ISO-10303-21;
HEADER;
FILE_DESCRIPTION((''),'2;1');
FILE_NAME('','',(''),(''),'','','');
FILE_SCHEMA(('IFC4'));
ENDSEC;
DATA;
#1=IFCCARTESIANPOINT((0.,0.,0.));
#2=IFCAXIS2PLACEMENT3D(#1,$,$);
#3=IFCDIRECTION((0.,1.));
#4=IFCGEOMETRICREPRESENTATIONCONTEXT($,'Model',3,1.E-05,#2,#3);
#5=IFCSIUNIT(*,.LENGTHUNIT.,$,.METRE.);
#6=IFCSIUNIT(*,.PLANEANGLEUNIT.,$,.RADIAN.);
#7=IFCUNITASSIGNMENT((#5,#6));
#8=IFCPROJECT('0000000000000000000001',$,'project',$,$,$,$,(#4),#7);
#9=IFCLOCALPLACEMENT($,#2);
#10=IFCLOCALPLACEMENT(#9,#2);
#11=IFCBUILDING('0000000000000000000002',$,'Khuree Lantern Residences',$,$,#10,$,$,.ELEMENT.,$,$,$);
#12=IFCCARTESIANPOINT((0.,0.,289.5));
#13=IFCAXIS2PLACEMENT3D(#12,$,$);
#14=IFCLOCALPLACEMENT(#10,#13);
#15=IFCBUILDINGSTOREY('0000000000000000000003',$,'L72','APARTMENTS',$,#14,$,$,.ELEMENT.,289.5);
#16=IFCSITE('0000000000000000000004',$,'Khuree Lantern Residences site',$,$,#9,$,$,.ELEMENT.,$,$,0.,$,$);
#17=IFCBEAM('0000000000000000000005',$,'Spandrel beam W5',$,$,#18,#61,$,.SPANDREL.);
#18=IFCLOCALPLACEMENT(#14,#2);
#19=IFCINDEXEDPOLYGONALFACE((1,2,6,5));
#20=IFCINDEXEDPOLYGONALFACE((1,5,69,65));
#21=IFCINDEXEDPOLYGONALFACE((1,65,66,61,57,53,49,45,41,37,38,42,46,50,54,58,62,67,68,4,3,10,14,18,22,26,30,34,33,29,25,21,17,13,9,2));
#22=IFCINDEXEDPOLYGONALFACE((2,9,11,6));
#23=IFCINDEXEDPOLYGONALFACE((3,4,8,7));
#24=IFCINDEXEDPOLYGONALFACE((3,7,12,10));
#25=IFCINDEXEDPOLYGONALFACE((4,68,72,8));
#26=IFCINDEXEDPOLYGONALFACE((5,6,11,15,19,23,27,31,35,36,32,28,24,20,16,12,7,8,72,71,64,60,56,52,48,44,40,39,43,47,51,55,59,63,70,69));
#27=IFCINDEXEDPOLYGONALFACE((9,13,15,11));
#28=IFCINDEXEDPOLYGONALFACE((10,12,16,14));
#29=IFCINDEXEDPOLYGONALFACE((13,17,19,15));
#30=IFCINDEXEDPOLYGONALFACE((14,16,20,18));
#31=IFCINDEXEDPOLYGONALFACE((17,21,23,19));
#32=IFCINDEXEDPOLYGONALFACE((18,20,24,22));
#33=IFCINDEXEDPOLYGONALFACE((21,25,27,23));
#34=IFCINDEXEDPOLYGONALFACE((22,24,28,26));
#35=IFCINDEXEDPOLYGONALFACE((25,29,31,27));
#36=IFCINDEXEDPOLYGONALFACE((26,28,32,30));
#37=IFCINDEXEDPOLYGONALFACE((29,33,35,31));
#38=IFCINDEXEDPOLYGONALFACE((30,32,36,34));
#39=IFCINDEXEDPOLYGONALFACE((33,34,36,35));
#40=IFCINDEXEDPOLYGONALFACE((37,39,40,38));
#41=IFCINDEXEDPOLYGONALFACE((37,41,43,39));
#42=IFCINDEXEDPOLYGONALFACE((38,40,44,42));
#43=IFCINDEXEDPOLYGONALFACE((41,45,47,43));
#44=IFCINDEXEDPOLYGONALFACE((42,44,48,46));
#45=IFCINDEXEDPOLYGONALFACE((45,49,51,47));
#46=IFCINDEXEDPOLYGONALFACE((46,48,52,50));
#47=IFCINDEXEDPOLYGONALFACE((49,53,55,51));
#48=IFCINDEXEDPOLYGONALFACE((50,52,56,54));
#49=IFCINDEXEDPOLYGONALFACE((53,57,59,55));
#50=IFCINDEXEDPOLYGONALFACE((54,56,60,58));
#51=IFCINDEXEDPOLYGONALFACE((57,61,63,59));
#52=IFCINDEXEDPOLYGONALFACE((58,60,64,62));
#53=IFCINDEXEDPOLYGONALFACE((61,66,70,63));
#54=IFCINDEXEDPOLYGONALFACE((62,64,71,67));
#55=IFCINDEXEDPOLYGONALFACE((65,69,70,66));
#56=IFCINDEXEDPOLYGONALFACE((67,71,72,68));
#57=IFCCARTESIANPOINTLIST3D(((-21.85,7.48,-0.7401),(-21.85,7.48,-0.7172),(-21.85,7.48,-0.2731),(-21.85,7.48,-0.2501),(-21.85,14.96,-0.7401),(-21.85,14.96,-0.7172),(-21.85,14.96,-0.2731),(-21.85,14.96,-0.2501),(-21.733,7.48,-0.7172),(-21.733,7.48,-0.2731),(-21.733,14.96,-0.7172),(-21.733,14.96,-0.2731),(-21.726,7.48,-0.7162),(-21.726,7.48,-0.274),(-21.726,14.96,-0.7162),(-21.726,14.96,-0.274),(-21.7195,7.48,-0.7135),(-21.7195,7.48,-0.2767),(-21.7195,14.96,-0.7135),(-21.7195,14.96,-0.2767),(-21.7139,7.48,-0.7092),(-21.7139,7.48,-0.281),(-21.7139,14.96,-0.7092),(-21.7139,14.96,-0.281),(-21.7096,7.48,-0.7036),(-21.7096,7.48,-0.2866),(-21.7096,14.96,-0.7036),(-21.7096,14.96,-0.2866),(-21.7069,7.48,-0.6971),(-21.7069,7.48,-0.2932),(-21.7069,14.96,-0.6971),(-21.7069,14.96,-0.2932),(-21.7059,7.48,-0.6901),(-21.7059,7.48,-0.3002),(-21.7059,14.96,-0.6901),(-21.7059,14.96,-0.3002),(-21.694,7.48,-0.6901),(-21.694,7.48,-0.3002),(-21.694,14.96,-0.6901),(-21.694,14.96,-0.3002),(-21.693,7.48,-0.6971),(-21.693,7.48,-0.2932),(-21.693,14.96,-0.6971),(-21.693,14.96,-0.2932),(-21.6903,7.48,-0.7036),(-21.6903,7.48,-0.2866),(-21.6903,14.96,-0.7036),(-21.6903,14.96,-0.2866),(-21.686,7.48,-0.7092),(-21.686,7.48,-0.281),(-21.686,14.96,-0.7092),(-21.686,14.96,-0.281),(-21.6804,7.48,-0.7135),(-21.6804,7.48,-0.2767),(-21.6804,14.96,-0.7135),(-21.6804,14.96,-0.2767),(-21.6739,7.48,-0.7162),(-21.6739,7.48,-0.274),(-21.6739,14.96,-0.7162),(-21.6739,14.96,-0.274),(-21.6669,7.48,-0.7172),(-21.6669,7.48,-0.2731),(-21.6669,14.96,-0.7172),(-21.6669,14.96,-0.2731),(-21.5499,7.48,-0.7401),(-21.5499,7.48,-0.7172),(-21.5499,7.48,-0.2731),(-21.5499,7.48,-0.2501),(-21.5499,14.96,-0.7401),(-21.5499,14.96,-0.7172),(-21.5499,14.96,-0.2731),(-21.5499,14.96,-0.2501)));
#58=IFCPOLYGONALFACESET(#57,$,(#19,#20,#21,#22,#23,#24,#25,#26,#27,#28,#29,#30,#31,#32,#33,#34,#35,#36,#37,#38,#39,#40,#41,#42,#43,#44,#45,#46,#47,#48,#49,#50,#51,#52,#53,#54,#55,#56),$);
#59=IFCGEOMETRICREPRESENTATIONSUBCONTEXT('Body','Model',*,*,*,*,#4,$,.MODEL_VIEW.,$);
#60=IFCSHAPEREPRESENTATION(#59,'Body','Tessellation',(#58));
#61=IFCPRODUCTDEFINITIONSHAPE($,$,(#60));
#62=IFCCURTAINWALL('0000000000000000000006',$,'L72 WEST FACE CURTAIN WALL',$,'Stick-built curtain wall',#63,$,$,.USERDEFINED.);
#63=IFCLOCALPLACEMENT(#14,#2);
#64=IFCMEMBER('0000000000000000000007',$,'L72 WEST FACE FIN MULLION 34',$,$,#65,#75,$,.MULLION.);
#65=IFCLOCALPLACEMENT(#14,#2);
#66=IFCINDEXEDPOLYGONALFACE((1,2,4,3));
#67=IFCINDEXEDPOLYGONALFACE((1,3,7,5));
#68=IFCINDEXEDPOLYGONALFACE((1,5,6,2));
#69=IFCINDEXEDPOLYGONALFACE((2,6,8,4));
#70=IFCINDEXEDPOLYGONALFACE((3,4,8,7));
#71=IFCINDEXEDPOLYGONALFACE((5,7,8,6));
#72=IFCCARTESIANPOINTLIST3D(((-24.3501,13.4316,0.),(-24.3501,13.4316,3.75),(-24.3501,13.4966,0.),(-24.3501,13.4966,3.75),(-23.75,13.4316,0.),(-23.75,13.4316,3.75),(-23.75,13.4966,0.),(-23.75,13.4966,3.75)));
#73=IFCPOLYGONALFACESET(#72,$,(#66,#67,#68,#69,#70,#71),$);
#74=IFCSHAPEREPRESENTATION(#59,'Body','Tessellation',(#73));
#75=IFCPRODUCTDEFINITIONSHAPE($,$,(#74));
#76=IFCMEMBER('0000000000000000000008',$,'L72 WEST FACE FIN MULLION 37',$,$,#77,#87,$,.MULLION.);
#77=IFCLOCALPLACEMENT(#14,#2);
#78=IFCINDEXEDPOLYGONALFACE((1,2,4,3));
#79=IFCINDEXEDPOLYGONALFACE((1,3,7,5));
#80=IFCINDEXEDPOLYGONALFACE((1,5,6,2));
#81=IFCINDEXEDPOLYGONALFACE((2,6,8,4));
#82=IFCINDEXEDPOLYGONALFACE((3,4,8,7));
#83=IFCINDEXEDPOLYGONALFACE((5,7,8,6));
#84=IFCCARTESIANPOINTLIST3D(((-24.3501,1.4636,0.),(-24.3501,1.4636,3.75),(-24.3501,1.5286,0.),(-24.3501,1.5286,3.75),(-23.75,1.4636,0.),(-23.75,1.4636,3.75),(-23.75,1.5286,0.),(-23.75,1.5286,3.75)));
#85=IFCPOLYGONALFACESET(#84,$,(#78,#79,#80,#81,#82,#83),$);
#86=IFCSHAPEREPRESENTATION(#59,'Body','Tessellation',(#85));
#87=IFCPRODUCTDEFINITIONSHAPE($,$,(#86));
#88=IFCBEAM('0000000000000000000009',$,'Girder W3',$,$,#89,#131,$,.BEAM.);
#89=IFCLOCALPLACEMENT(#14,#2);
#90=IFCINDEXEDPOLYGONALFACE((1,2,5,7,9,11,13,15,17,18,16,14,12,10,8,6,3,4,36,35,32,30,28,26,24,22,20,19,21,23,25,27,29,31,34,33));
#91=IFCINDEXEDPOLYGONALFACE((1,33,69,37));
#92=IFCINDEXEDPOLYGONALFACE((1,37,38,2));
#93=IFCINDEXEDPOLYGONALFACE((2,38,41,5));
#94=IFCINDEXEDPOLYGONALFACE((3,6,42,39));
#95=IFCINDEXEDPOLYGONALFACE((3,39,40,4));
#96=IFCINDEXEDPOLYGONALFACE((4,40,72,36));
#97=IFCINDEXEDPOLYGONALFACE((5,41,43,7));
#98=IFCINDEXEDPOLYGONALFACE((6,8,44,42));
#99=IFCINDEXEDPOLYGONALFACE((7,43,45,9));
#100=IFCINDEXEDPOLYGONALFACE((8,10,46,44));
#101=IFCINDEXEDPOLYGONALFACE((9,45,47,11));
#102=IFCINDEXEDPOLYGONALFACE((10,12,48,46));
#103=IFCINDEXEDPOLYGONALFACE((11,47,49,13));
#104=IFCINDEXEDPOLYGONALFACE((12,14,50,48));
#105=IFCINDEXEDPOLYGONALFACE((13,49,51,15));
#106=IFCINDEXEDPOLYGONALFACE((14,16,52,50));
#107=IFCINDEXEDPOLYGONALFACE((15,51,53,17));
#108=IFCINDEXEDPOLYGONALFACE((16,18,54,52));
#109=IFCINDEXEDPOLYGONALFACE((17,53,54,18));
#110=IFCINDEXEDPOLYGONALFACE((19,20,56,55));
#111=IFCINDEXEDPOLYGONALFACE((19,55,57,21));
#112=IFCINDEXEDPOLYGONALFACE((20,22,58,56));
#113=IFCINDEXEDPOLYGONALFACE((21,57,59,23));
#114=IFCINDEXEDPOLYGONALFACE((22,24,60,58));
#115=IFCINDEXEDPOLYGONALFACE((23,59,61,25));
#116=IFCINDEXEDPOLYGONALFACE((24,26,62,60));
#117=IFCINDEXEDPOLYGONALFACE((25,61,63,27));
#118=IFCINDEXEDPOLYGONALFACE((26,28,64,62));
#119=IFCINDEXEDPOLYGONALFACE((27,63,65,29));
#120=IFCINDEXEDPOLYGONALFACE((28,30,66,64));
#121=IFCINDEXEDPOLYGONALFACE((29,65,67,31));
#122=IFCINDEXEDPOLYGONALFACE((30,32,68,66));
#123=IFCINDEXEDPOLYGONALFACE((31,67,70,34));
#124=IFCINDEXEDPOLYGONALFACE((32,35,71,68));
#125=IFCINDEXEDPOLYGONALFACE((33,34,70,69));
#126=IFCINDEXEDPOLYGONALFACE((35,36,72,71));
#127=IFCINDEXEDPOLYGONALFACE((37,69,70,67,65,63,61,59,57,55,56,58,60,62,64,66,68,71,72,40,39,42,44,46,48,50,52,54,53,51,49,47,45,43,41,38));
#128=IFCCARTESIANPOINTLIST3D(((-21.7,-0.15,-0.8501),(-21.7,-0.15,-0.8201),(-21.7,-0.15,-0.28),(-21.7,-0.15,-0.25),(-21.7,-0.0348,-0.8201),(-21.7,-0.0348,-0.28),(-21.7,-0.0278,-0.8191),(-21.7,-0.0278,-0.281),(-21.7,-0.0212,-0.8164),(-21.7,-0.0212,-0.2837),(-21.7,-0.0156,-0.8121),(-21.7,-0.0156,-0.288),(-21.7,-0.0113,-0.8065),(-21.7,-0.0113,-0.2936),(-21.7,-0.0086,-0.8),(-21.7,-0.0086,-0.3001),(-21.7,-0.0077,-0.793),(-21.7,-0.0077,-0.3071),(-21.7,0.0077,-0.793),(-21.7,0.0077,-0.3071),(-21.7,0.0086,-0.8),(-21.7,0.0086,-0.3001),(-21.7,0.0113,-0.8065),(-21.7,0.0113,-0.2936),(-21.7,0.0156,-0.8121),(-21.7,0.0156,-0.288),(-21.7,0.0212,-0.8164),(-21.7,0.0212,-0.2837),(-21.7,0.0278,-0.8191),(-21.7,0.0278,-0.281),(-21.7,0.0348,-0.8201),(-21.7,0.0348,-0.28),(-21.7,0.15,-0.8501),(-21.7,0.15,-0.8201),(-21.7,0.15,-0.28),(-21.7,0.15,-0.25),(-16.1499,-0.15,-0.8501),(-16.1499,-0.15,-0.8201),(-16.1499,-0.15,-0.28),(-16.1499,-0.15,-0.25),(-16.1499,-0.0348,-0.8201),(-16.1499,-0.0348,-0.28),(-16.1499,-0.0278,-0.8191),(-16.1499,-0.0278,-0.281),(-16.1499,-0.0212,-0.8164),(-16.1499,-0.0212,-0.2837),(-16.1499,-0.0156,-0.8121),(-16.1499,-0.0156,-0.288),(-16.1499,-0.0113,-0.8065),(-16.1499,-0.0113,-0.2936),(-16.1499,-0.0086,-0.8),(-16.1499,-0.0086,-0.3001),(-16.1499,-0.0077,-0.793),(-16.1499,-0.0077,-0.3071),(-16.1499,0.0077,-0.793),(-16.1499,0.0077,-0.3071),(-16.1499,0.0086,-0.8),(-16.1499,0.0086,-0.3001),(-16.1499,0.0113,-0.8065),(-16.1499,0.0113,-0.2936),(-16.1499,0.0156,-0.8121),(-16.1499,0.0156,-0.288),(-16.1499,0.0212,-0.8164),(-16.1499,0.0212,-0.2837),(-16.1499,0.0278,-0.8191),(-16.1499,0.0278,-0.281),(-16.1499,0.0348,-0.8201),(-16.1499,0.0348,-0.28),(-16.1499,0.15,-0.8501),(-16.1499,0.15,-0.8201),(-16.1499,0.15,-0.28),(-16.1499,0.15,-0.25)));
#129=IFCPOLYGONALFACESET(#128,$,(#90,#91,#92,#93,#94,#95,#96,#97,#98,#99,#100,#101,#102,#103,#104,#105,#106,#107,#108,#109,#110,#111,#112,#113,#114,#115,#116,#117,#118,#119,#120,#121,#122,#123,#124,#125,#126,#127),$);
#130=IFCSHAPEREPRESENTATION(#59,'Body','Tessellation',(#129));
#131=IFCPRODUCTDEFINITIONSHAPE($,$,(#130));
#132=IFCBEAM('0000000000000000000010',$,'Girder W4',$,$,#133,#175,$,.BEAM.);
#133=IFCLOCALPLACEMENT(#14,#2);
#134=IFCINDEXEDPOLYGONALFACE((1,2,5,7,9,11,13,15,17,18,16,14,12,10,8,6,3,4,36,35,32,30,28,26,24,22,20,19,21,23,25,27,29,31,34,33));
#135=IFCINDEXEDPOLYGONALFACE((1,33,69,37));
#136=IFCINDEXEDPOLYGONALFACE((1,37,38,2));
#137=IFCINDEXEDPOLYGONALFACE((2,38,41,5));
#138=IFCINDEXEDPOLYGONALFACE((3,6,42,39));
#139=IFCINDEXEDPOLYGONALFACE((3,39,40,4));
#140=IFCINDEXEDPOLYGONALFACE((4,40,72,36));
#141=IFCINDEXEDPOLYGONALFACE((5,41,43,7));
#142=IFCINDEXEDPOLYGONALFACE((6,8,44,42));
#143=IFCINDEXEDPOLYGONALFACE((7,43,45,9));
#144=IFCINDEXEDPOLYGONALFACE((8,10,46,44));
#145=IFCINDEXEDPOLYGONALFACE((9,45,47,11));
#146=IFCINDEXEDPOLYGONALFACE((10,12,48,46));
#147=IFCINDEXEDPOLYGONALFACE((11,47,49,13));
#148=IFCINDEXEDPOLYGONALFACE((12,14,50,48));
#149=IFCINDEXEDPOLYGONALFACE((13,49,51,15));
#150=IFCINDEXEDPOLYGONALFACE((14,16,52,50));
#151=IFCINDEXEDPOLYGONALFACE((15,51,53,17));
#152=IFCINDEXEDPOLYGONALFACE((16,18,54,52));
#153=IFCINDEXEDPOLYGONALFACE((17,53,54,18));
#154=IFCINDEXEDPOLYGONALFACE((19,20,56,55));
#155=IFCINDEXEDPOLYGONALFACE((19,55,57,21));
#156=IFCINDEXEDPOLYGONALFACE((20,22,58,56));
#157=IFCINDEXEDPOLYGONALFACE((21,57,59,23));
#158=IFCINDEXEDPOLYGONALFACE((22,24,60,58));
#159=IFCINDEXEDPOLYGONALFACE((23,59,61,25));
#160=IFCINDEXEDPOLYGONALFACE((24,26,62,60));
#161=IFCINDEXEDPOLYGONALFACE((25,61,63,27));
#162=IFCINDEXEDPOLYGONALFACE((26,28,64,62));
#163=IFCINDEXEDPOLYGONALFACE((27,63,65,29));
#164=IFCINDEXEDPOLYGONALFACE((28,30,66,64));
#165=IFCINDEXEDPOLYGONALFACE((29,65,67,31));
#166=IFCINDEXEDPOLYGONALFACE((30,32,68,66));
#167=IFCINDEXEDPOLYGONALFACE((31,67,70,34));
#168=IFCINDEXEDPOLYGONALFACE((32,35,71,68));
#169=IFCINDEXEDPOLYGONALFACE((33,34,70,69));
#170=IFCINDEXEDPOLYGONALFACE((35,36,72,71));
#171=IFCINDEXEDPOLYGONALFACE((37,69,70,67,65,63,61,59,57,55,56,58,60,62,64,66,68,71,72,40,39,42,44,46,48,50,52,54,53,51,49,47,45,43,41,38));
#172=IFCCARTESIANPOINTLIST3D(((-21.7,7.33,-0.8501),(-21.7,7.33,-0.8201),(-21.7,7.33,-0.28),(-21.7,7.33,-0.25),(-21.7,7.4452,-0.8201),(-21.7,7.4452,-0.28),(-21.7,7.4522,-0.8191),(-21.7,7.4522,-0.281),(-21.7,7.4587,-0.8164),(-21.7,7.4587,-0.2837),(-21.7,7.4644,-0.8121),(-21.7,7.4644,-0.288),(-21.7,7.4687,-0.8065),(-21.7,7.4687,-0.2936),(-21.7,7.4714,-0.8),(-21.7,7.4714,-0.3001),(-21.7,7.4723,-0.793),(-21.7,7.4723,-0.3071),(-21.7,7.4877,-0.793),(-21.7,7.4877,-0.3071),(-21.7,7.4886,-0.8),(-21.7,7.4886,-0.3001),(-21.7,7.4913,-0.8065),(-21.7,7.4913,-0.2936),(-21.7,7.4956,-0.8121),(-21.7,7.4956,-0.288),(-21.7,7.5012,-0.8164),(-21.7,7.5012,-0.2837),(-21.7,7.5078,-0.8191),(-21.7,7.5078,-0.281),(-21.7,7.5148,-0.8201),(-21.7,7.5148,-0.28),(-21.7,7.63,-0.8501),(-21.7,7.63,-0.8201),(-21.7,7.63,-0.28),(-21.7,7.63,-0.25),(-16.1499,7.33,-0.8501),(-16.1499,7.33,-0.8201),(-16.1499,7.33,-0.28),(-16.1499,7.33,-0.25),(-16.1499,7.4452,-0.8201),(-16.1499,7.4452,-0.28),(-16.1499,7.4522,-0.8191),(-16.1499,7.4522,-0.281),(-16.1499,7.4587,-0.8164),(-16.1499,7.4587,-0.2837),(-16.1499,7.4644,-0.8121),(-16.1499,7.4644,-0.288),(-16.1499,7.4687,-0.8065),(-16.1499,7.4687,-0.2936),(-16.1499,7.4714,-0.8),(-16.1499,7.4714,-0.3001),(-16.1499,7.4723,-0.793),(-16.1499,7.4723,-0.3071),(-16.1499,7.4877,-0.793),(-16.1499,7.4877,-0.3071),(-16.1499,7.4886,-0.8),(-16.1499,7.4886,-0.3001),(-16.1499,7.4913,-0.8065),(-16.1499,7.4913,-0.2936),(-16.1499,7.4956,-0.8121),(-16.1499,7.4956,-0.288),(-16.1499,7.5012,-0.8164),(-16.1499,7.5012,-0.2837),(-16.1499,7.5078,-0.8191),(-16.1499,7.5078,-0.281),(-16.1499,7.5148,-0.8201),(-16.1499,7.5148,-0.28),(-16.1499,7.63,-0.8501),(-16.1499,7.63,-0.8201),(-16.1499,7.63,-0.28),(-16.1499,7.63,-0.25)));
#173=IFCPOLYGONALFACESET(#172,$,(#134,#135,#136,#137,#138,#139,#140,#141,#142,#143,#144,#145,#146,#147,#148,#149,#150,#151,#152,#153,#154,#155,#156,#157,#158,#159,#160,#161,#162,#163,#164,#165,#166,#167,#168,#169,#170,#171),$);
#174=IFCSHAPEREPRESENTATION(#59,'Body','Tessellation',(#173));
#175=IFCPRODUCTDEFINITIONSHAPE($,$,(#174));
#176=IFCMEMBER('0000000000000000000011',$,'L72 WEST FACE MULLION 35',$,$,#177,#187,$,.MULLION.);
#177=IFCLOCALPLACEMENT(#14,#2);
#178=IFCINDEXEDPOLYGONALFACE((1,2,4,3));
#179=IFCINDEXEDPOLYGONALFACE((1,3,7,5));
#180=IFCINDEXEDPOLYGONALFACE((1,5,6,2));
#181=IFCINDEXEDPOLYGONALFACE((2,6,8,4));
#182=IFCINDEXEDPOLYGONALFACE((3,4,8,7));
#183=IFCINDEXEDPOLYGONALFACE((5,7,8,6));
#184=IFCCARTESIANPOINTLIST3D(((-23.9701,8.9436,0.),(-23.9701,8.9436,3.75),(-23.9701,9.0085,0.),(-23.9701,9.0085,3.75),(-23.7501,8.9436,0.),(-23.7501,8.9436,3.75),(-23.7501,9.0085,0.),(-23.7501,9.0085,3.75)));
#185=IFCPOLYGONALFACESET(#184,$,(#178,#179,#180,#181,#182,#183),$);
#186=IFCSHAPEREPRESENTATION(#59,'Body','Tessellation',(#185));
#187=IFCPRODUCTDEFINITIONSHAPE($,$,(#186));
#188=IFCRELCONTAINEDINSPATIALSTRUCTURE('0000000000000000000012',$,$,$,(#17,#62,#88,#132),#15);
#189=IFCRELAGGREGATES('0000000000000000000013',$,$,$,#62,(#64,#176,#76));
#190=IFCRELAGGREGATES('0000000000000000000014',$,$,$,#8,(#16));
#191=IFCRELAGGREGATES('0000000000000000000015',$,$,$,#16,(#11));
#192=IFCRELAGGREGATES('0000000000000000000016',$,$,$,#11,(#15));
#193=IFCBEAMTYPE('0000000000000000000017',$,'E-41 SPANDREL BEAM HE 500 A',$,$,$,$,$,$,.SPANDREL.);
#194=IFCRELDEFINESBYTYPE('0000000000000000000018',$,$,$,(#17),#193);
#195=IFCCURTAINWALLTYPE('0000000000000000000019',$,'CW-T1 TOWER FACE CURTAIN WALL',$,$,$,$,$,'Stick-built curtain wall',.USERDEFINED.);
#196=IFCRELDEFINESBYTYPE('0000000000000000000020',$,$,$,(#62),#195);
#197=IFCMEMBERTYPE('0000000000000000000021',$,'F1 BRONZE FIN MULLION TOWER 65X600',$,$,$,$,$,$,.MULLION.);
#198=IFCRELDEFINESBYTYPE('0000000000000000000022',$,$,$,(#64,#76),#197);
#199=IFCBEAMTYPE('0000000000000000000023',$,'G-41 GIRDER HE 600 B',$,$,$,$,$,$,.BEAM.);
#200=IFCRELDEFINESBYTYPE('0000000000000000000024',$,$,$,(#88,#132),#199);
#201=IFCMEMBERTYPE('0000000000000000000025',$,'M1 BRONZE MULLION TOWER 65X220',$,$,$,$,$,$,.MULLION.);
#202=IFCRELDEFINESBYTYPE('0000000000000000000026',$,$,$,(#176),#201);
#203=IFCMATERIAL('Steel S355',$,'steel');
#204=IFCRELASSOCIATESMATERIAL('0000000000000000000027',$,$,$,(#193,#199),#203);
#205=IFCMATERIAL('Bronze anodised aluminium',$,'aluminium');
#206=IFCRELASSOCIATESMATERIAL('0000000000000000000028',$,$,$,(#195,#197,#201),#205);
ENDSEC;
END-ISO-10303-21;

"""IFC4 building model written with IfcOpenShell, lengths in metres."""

from ifc_helpers import new_model, si_unit, direction, frame, origin, origin_2d, place, context, subcontext, project, spatial, rectangle, i_section, extrude, material, material_profile, profile_set, type_object, element, aggregate, save


model = new_model("IFC4")

# Units and contexts
model_context = context("Model", 3, precision=1e-05, world=origin(), true_north=direction((0.0, 1.0)))
body_context = subcontext(model_context, "Body", "Model", "MODEL_VIEW")
ifc_project = project(units=[si_unit("LENGTHUNIT", "METRE"), si_unit("PLANEANGLEUNIT", "RADIAN")], contexts=[model_context])

# Site, building, storey
site_placement = place(None, origin())
site = spatial("IfcSite", under=ifc_project, at=site_placement, Name="Khuree Lantern Residences site", CompositionType="ELEMENT", RefElevation=0.0)
building_placement = place(site_placement, origin())
building = spatial("IfcBuilding", under=site, at=building_placement, Name="Khuree Lantern Residences", CompositionType="ELEMENT")
storey_placement = place(building_placement, frame((0.0, 0.0, 289.5)))
storey = spatial("IfcBuildingStorey", under=building, at=storey_placement, Name="L72", Description="APARTMENTS", CompositionType="ELEMENT", Elevation=289.5)

# Beam
ifc_material_1 = material(Name="Steel S355", Category="steel")
ifc_material_profile_1 = material_profile(ifc_material_1, i_section(OverallWidth=0.3, OverallDepth=0.49, WebThickness=0.012, FlangeThickness=0.0229, FilletRadius=0.0271, at=origin_2d()), Name="HE 500 A")
ifc_profile_set_1 = profile_set([ifc_material_profile_1], Name="Steel S355")
beam_type_1 = type_object("IfcBeamType", Name="E-41 SPANDREL BEAM HE 500 A", PredefinedType="SPANDREL", material=ifc_profile_set_1)
for number, where, z_axis, x_axis, name in (
    (1, (-21.7, 7.48, -0.4951), (0.0, 1.0, 0.0), (-1.0, 0.0, 0.0), "Spandrel beam W5"),
):
    element("IfcBeam", number, at=place(storey_placement, frame(where, z_axis=z_axis, x_axis=x_axis)), inside=storey, type_object=beam_type_1, Name=name, PredefinedType="SPANDREL", context=body_context, shape_type="SweptSolid", body=[
        extrude(i_section(OverallWidth=0.3, OverallDepth=0.49, WebThickness=0.012, FlangeThickness=0.0229, FilletRadius=0.0271, at=origin_2d()), origin(), (0.0, 0.0, 1.0), 7.48),
    ])

# Curtain wall, members
ifc_material_2 = material(Name="Bronze anodised aluminium", Category="aluminium")
curtain_wall_type = type_object("IfcCurtainWallType", Name="CW-T1 TOWER FACE CURTAIN WALL", ElementType="Stick-built curtain wall", PredefinedType="USERDEFINED", material=ifc_material_2)
curtain_wall_placement = place(storey_placement, origin())
curtain_wall = element("IfcCurtainWall", 2, at=curtain_wall_placement, inside=storey, type_object=curtain_wall_type, Name="L72 WEST FACE CURTAIN WALL", ObjectType="Stick-built curtain wall", PredefinedType="USERDEFINED")
ifc_material_profile_2 = material_profile(ifc_material_2, rectangle(XDim=0.0649, YDim=0.6001, at=origin_2d()), Name="F1 65X600")
ifc_profile_set_2 = profile_set([ifc_material_profile_2], Name="Bronze anodised aluminium")
member_type_1 = type_object("IfcMemberType", Name="F1 BRONZE FIN MULLION TOWER 65X600", PredefinedType="MULLION", material=ifc_profile_set_2)
member_1_placement = place(storey_placement, frame((-24.05, 13.4641, 0.0), z_axis=(0.0, 0.0, 1.0), x_axis=(0.0, -1.0, 0.0)))
member_1 = element("IfcMember", 3, at=member_1_placement, type_object=member_type_1, Name="L72 WEST FACE FIN MULLION 34", PredefinedType="MULLION", context=body_context, shape_type="SweptSolid", body=[
    extrude(rectangle(XDim=0.0649, YDim=0.6001, at=origin_2d()), origin(), (0.0, 0.0, 1.0), 3.75),
])
member_2_placement = place(storey_placement, frame((-24.05, 1.4961, 0.0), z_axis=(0.0, 0.0, 1.0), x_axis=(0.0, -1.0, 0.0)))
member_2 = element("IfcMember", 4, at=member_2_placement, type_object=member_type_1, Name="L72 WEST FACE FIN MULLION 37", PredefinedType="MULLION", context=body_context, shape_type="SweptSolid", body=[
    extrude(rectangle(XDim=0.0649, YDim=0.6001, at=origin_2d()), origin(), (0.0, 0.0, 1.0), 3.75),
])

# Beams
ifc_material_profile_3 = material_profile(ifc_material_1, i_section(OverallWidth=0.3, OverallDepth=0.6001, WebThickness=0.0154, FlangeThickness=0.03, FilletRadius=0.0271, at=origin_2d()), Name="HE 600 B")
ifc_profile_set_3 = profile_set([ifc_material_profile_3], Name="Steel S355")
beam_type_2 = type_object("IfcBeamType", Name="G-41 GIRDER HE 600 B", PredefinedType="BEAM", material=ifc_profile_set_3)
for number, where, z_axis, x_axis, name in (
    (5, (-21.7, 0.0, -0.55), (1.0, 0.0, 0.0), (0.0, 1.0, 0.0), "Girder W3"),
    (6, (-21.7, 7.48, -0.55), (1.0, 0.0, 0.0), (0.0, 1.0, 0.0), "Girder W4"),
):
    element("IfcBeam", number, at=place(storey_placement, frame(where, z_axis=z_axis, x_axis=x_axis)), inside=storey, type_object=beam_type_2, Name=name, PredefinedType="BEAM", context=body_context, shape_type="SweptSolid", body=[
        extrude(i_section(OverallWidth=0.3, OverallDepth=0.6001, WebThickness=0.0154, FlangeThickness=0.03, FilletRadius=0.0271, at=origin_2d()), origin(), (0.0, 0.0, 1.0), 5.55),
    ])

# Member
ifc_material_profile_4 = material_profile(ifc_material_2, rectangle(XDim=0.0649, YDim=0.22, at=origin_2d()), Name="M1 65X220")
ifc_profile_set_4 = profile_set([ifc_material_profile_4], Name="Bronze anodised aluminium")
member_type_2 = type_object("IfcMemberType", Name="M1 BRONZE MULLION TOWER 65X220", PredefinedType="MULLION", material=ifc_profile_set_4)
member_3_placement = place(storey_placement, frame((-23.8601, 8.9761, 0.0), z_axis=(0.0, 0.0, 1.0), x_axis=(0.0, -1.0, 0.0)))
member_3 = element("IfcMember", 7, at=member_3_placement, type_object=member_type_2, Name="L72 WEST FACE MULLION 35", PredefinedType="MULLION", context=body_context, shape_type="SweptSolid", body=[
    extrude(rectangle(XDim=0.0649, YDim=0.22, at=origin_2d()), origin(), (0.0, 0.0, 1.0), 3.75),
])

aggregate(curtain_wall, [member_1, member_3, member_2])

save(model, "model.ifc")
